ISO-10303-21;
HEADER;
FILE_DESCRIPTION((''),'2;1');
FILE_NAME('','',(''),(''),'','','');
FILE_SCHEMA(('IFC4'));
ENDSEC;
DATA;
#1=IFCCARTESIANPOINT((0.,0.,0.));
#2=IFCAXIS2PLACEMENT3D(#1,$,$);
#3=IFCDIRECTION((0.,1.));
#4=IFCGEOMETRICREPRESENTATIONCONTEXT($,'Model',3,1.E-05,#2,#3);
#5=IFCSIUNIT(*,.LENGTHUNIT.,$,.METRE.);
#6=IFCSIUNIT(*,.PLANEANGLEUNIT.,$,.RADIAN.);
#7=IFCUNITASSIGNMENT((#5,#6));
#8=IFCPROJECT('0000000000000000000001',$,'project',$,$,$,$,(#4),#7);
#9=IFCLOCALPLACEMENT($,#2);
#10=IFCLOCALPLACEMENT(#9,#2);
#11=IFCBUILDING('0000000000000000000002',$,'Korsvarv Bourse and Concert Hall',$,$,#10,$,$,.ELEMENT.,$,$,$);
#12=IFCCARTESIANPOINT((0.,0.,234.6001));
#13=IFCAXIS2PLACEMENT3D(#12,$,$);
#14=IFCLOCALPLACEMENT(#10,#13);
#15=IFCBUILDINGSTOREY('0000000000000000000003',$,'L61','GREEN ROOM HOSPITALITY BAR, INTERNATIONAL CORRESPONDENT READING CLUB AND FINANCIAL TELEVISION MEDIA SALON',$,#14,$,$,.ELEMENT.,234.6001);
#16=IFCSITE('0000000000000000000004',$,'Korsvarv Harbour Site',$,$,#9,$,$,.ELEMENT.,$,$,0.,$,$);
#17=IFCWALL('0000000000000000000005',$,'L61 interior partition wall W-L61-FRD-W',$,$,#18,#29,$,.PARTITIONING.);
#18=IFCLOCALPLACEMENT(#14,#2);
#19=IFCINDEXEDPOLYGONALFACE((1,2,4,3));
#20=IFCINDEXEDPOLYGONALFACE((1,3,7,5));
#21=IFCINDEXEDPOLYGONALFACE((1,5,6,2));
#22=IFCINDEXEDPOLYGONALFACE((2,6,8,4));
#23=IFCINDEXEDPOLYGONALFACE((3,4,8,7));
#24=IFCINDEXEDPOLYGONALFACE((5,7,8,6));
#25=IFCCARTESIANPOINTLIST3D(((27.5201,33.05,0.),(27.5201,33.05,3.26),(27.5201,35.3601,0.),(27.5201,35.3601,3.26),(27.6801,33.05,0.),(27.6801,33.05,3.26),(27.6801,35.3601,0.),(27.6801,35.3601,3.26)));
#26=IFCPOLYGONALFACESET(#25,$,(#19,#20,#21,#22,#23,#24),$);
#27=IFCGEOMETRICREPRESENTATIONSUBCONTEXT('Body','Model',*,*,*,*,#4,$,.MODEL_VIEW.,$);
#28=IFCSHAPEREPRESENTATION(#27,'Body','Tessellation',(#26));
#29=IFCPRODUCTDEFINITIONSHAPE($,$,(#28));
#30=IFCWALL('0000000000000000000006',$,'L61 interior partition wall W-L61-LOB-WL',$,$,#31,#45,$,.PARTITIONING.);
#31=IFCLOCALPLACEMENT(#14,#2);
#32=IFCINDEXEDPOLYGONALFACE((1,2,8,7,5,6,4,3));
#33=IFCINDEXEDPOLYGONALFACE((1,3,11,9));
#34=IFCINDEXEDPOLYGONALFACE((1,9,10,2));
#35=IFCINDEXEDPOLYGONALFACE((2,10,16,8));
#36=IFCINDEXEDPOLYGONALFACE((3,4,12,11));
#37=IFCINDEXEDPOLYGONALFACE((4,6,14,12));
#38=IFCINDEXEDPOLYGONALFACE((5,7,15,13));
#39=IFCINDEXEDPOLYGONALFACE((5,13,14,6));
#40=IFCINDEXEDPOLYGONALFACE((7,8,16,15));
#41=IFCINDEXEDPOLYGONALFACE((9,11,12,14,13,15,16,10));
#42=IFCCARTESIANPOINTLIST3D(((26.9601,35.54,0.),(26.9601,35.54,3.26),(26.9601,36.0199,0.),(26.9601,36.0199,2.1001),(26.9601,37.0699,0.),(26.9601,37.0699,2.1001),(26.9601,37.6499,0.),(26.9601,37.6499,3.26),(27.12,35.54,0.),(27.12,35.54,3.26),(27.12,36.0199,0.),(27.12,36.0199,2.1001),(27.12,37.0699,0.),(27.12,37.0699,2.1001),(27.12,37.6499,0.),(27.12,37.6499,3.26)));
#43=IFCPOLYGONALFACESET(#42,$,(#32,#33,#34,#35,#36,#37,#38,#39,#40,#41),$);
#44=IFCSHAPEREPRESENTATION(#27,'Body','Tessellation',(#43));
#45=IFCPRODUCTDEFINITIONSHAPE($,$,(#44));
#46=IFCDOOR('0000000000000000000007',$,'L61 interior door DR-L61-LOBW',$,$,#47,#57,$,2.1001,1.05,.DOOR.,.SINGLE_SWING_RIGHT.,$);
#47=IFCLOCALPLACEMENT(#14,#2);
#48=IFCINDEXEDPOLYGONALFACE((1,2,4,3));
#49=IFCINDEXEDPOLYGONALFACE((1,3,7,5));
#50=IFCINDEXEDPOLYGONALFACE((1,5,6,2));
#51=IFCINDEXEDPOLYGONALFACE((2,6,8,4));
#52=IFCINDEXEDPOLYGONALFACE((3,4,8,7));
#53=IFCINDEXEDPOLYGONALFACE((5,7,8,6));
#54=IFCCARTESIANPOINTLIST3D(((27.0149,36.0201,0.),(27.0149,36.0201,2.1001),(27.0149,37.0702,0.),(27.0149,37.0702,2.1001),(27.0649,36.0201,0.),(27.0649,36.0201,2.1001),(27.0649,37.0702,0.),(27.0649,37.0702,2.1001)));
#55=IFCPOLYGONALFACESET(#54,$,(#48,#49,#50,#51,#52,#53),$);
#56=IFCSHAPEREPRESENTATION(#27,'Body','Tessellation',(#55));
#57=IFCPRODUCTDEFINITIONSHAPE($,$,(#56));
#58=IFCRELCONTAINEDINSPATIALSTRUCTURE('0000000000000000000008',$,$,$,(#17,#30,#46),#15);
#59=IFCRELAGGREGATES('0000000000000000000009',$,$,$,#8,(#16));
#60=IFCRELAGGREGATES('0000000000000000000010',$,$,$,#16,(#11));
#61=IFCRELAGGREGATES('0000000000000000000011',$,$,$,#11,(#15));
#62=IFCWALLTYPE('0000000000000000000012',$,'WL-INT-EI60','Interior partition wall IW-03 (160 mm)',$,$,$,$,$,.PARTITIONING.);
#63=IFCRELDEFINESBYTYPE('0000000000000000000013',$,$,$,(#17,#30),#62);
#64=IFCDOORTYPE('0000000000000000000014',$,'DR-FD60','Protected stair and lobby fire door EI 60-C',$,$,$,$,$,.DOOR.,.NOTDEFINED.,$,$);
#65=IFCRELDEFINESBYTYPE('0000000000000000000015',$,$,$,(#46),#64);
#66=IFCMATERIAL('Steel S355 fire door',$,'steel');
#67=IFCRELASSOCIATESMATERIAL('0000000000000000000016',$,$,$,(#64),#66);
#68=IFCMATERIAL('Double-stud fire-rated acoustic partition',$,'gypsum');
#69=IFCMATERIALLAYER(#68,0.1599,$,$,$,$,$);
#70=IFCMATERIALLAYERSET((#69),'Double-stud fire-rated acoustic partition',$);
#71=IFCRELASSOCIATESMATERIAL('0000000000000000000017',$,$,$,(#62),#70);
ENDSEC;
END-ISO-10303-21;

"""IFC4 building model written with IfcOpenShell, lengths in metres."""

from ifc_helpers import new_model, si_unit, direction, frame, frame_2d, origin, place, context, subcontext, project, spatial, rectangle, extrude, material, layer, layer_set, type_object, element, fill, save


model = new_model("IFC4")

# Units and contexts
model_context = context("Model", 3, precision=1e-05, world=origin(), true_north=direction((0.0, 1.0)))
body_context = subcontext(model_context, "Body", "Model", "MODEL_VIEW")
ifc_project = project(units=[si_unit("LENGTHUNIT", "METRE"), si_unit("PLANEANGLEUNIT", "RADIAN")], contexts=[model_context])

# Site, building, storey
site_placement = place(None, origin())
site = spatial("IfcSite", under=ifc_project, at=site_placement, Name="Korsvarv Harbour Site", CompositionType="ELEMENT", RefElevation=0.0)
building_placement = place(site_placement, origin())
building = spatial("IfcBuilding", under=site, at=building_placement, Name="Korsvarv Bourse and Concert Hall", CompositionType="ELEMENT")
storey_placement = place(building_placement, frame((0.0, 0.0, 234.6001)))
storey = spatial("IfcBuildingStorey", under=building, at=storey_placement, Name="L61", Description="GREEN ROOM HOSPITALITY BAR, INTERNATIONAL CORRESPONDENT READING CLUB AND FINANCIAL TELEVISION MEDIA SALON", CompositionType="ELEMENT", Elevation=234.6001)

# Shared definitions
ifc_material_1 = material(Name="Steel S355 fire door", Category="steel")
door_type = type_object("IfcDoorType", Name="DR-FD60", Description="Protected stair and lobby fire door EI 60-C", OperationType="NOTDEFINED", PredefinedType="DOOR", material=ifc_material_1)

# Wall
ifc_material_2 = material(Name="Double-stud fire-rated acoustic partition", Category="gypsum")
ifc_layer_1 = layer(ifc_material_2, 0.1599)
ifc_layer_set_1 = layer_set([ifc_layer_1], Name="Double-stud fire-rated acoustic partition")
wall_type_1 = type_object("IfcWallType", Name="WL-INT-EI60", Description="Interior partition wall IW-03 (160 mm)", PredefinedType="PARTITIONING", material=ifc_layer_set_1)
wall_1_placement = place(storey_placement, frame((27.6001, 33.05, 0.0), z_axis=(0.0, 0.0, 1.0), x_axis=(0.0, 1.0, 0.0)))
element("IfcWall", 1, at=wall_1_placement, inside=storey, type_object=wall_type_1, Name="L61 interior partition wall W-L61-FRD-W", PredefinedType="PARTITIONING", context=body_context, shape_type="SweptSolid", body=[
    extrude(rectangle(XDim=2.3101, YDim=0.1599, at=frame_2d((1.155, 0.0))), origin(), (0.0, 0.0, 1.0), 3.26),
])

# Wall, opening, door
wall_2_placement = place(storey_placement, frame((27.04, 35.54, 0.0), z_axis=(0.0, 0.0, 1.0), x_axis=(0.0, 1.0, 0.0)))
wall_2 = element("IfcWall", 2, at=wall_2_placement, inside=storey, type_object=wall_type_1, Name="L61 interior partition wall W-L61-LOB-WL", PredefinedType="PARTITIONING", context=body_context, shape_type="SweptSolid", body=[
    extrude(rectangle(XDim=2.1099, YDim=0.1599, at=frame_2d((1.0549, 0.0))), origin(), (0.0, 0.0, 1.0), 3.26),
])
opening_1_placement = place(wall_2_placement, frame((0.48, 0.0, 0.0)))
opening_1 = element("IfcOpeningElement", 3, at=opening_1_placement, cuts=wall_2, PredefinedType="OPENING", context=body_context, shape_type="SweptSolid", body=[
    extrude(rectangle(XDim=1.05, YDim=2.1001, at=frame_2d((0.5249, 1.05))), frame((0.0, 0.0898, 0.0), z_axis=(0.0, -1.0, 0.0), x_axis=(1.0, 0.0, 0.0)), (0.0, 0.0, 1.0), 0.1799),
])
door_1_placement = place(opening_1_placement, frame((1.05, 0.0, 0.0), z_axis=(0.0, 0.0, 1.0), x_axis=(-1.0, 0.0, 0.0)))
door_1 = element("IfcDoor", 4, at=door_1_placement, inside=storey, type_object=door_type, Name="L61 interior door DR-L61-LOBW", OperationType="SINGLE_SWING_RIGHT", OverallHeight=2.1001, OverallWidth=1.05, PredefinedType="DOOR", context=body_context, shape_type="SweptSolid", body=[
    extrude(rectangle(XDim=1.05, YDim=2.1001, at=frame_2d((0.5249, 1.05))), frame((0.0, 0.0249, 0.0), z_axis=(0.0, -1.0, 0.0), x_axis=(1.0, 0.0, 0.0)), (0.0, 0.0, 1.0), 0.05),
])
fill(opening_1, door_1)

save(model, "model.ifc")
